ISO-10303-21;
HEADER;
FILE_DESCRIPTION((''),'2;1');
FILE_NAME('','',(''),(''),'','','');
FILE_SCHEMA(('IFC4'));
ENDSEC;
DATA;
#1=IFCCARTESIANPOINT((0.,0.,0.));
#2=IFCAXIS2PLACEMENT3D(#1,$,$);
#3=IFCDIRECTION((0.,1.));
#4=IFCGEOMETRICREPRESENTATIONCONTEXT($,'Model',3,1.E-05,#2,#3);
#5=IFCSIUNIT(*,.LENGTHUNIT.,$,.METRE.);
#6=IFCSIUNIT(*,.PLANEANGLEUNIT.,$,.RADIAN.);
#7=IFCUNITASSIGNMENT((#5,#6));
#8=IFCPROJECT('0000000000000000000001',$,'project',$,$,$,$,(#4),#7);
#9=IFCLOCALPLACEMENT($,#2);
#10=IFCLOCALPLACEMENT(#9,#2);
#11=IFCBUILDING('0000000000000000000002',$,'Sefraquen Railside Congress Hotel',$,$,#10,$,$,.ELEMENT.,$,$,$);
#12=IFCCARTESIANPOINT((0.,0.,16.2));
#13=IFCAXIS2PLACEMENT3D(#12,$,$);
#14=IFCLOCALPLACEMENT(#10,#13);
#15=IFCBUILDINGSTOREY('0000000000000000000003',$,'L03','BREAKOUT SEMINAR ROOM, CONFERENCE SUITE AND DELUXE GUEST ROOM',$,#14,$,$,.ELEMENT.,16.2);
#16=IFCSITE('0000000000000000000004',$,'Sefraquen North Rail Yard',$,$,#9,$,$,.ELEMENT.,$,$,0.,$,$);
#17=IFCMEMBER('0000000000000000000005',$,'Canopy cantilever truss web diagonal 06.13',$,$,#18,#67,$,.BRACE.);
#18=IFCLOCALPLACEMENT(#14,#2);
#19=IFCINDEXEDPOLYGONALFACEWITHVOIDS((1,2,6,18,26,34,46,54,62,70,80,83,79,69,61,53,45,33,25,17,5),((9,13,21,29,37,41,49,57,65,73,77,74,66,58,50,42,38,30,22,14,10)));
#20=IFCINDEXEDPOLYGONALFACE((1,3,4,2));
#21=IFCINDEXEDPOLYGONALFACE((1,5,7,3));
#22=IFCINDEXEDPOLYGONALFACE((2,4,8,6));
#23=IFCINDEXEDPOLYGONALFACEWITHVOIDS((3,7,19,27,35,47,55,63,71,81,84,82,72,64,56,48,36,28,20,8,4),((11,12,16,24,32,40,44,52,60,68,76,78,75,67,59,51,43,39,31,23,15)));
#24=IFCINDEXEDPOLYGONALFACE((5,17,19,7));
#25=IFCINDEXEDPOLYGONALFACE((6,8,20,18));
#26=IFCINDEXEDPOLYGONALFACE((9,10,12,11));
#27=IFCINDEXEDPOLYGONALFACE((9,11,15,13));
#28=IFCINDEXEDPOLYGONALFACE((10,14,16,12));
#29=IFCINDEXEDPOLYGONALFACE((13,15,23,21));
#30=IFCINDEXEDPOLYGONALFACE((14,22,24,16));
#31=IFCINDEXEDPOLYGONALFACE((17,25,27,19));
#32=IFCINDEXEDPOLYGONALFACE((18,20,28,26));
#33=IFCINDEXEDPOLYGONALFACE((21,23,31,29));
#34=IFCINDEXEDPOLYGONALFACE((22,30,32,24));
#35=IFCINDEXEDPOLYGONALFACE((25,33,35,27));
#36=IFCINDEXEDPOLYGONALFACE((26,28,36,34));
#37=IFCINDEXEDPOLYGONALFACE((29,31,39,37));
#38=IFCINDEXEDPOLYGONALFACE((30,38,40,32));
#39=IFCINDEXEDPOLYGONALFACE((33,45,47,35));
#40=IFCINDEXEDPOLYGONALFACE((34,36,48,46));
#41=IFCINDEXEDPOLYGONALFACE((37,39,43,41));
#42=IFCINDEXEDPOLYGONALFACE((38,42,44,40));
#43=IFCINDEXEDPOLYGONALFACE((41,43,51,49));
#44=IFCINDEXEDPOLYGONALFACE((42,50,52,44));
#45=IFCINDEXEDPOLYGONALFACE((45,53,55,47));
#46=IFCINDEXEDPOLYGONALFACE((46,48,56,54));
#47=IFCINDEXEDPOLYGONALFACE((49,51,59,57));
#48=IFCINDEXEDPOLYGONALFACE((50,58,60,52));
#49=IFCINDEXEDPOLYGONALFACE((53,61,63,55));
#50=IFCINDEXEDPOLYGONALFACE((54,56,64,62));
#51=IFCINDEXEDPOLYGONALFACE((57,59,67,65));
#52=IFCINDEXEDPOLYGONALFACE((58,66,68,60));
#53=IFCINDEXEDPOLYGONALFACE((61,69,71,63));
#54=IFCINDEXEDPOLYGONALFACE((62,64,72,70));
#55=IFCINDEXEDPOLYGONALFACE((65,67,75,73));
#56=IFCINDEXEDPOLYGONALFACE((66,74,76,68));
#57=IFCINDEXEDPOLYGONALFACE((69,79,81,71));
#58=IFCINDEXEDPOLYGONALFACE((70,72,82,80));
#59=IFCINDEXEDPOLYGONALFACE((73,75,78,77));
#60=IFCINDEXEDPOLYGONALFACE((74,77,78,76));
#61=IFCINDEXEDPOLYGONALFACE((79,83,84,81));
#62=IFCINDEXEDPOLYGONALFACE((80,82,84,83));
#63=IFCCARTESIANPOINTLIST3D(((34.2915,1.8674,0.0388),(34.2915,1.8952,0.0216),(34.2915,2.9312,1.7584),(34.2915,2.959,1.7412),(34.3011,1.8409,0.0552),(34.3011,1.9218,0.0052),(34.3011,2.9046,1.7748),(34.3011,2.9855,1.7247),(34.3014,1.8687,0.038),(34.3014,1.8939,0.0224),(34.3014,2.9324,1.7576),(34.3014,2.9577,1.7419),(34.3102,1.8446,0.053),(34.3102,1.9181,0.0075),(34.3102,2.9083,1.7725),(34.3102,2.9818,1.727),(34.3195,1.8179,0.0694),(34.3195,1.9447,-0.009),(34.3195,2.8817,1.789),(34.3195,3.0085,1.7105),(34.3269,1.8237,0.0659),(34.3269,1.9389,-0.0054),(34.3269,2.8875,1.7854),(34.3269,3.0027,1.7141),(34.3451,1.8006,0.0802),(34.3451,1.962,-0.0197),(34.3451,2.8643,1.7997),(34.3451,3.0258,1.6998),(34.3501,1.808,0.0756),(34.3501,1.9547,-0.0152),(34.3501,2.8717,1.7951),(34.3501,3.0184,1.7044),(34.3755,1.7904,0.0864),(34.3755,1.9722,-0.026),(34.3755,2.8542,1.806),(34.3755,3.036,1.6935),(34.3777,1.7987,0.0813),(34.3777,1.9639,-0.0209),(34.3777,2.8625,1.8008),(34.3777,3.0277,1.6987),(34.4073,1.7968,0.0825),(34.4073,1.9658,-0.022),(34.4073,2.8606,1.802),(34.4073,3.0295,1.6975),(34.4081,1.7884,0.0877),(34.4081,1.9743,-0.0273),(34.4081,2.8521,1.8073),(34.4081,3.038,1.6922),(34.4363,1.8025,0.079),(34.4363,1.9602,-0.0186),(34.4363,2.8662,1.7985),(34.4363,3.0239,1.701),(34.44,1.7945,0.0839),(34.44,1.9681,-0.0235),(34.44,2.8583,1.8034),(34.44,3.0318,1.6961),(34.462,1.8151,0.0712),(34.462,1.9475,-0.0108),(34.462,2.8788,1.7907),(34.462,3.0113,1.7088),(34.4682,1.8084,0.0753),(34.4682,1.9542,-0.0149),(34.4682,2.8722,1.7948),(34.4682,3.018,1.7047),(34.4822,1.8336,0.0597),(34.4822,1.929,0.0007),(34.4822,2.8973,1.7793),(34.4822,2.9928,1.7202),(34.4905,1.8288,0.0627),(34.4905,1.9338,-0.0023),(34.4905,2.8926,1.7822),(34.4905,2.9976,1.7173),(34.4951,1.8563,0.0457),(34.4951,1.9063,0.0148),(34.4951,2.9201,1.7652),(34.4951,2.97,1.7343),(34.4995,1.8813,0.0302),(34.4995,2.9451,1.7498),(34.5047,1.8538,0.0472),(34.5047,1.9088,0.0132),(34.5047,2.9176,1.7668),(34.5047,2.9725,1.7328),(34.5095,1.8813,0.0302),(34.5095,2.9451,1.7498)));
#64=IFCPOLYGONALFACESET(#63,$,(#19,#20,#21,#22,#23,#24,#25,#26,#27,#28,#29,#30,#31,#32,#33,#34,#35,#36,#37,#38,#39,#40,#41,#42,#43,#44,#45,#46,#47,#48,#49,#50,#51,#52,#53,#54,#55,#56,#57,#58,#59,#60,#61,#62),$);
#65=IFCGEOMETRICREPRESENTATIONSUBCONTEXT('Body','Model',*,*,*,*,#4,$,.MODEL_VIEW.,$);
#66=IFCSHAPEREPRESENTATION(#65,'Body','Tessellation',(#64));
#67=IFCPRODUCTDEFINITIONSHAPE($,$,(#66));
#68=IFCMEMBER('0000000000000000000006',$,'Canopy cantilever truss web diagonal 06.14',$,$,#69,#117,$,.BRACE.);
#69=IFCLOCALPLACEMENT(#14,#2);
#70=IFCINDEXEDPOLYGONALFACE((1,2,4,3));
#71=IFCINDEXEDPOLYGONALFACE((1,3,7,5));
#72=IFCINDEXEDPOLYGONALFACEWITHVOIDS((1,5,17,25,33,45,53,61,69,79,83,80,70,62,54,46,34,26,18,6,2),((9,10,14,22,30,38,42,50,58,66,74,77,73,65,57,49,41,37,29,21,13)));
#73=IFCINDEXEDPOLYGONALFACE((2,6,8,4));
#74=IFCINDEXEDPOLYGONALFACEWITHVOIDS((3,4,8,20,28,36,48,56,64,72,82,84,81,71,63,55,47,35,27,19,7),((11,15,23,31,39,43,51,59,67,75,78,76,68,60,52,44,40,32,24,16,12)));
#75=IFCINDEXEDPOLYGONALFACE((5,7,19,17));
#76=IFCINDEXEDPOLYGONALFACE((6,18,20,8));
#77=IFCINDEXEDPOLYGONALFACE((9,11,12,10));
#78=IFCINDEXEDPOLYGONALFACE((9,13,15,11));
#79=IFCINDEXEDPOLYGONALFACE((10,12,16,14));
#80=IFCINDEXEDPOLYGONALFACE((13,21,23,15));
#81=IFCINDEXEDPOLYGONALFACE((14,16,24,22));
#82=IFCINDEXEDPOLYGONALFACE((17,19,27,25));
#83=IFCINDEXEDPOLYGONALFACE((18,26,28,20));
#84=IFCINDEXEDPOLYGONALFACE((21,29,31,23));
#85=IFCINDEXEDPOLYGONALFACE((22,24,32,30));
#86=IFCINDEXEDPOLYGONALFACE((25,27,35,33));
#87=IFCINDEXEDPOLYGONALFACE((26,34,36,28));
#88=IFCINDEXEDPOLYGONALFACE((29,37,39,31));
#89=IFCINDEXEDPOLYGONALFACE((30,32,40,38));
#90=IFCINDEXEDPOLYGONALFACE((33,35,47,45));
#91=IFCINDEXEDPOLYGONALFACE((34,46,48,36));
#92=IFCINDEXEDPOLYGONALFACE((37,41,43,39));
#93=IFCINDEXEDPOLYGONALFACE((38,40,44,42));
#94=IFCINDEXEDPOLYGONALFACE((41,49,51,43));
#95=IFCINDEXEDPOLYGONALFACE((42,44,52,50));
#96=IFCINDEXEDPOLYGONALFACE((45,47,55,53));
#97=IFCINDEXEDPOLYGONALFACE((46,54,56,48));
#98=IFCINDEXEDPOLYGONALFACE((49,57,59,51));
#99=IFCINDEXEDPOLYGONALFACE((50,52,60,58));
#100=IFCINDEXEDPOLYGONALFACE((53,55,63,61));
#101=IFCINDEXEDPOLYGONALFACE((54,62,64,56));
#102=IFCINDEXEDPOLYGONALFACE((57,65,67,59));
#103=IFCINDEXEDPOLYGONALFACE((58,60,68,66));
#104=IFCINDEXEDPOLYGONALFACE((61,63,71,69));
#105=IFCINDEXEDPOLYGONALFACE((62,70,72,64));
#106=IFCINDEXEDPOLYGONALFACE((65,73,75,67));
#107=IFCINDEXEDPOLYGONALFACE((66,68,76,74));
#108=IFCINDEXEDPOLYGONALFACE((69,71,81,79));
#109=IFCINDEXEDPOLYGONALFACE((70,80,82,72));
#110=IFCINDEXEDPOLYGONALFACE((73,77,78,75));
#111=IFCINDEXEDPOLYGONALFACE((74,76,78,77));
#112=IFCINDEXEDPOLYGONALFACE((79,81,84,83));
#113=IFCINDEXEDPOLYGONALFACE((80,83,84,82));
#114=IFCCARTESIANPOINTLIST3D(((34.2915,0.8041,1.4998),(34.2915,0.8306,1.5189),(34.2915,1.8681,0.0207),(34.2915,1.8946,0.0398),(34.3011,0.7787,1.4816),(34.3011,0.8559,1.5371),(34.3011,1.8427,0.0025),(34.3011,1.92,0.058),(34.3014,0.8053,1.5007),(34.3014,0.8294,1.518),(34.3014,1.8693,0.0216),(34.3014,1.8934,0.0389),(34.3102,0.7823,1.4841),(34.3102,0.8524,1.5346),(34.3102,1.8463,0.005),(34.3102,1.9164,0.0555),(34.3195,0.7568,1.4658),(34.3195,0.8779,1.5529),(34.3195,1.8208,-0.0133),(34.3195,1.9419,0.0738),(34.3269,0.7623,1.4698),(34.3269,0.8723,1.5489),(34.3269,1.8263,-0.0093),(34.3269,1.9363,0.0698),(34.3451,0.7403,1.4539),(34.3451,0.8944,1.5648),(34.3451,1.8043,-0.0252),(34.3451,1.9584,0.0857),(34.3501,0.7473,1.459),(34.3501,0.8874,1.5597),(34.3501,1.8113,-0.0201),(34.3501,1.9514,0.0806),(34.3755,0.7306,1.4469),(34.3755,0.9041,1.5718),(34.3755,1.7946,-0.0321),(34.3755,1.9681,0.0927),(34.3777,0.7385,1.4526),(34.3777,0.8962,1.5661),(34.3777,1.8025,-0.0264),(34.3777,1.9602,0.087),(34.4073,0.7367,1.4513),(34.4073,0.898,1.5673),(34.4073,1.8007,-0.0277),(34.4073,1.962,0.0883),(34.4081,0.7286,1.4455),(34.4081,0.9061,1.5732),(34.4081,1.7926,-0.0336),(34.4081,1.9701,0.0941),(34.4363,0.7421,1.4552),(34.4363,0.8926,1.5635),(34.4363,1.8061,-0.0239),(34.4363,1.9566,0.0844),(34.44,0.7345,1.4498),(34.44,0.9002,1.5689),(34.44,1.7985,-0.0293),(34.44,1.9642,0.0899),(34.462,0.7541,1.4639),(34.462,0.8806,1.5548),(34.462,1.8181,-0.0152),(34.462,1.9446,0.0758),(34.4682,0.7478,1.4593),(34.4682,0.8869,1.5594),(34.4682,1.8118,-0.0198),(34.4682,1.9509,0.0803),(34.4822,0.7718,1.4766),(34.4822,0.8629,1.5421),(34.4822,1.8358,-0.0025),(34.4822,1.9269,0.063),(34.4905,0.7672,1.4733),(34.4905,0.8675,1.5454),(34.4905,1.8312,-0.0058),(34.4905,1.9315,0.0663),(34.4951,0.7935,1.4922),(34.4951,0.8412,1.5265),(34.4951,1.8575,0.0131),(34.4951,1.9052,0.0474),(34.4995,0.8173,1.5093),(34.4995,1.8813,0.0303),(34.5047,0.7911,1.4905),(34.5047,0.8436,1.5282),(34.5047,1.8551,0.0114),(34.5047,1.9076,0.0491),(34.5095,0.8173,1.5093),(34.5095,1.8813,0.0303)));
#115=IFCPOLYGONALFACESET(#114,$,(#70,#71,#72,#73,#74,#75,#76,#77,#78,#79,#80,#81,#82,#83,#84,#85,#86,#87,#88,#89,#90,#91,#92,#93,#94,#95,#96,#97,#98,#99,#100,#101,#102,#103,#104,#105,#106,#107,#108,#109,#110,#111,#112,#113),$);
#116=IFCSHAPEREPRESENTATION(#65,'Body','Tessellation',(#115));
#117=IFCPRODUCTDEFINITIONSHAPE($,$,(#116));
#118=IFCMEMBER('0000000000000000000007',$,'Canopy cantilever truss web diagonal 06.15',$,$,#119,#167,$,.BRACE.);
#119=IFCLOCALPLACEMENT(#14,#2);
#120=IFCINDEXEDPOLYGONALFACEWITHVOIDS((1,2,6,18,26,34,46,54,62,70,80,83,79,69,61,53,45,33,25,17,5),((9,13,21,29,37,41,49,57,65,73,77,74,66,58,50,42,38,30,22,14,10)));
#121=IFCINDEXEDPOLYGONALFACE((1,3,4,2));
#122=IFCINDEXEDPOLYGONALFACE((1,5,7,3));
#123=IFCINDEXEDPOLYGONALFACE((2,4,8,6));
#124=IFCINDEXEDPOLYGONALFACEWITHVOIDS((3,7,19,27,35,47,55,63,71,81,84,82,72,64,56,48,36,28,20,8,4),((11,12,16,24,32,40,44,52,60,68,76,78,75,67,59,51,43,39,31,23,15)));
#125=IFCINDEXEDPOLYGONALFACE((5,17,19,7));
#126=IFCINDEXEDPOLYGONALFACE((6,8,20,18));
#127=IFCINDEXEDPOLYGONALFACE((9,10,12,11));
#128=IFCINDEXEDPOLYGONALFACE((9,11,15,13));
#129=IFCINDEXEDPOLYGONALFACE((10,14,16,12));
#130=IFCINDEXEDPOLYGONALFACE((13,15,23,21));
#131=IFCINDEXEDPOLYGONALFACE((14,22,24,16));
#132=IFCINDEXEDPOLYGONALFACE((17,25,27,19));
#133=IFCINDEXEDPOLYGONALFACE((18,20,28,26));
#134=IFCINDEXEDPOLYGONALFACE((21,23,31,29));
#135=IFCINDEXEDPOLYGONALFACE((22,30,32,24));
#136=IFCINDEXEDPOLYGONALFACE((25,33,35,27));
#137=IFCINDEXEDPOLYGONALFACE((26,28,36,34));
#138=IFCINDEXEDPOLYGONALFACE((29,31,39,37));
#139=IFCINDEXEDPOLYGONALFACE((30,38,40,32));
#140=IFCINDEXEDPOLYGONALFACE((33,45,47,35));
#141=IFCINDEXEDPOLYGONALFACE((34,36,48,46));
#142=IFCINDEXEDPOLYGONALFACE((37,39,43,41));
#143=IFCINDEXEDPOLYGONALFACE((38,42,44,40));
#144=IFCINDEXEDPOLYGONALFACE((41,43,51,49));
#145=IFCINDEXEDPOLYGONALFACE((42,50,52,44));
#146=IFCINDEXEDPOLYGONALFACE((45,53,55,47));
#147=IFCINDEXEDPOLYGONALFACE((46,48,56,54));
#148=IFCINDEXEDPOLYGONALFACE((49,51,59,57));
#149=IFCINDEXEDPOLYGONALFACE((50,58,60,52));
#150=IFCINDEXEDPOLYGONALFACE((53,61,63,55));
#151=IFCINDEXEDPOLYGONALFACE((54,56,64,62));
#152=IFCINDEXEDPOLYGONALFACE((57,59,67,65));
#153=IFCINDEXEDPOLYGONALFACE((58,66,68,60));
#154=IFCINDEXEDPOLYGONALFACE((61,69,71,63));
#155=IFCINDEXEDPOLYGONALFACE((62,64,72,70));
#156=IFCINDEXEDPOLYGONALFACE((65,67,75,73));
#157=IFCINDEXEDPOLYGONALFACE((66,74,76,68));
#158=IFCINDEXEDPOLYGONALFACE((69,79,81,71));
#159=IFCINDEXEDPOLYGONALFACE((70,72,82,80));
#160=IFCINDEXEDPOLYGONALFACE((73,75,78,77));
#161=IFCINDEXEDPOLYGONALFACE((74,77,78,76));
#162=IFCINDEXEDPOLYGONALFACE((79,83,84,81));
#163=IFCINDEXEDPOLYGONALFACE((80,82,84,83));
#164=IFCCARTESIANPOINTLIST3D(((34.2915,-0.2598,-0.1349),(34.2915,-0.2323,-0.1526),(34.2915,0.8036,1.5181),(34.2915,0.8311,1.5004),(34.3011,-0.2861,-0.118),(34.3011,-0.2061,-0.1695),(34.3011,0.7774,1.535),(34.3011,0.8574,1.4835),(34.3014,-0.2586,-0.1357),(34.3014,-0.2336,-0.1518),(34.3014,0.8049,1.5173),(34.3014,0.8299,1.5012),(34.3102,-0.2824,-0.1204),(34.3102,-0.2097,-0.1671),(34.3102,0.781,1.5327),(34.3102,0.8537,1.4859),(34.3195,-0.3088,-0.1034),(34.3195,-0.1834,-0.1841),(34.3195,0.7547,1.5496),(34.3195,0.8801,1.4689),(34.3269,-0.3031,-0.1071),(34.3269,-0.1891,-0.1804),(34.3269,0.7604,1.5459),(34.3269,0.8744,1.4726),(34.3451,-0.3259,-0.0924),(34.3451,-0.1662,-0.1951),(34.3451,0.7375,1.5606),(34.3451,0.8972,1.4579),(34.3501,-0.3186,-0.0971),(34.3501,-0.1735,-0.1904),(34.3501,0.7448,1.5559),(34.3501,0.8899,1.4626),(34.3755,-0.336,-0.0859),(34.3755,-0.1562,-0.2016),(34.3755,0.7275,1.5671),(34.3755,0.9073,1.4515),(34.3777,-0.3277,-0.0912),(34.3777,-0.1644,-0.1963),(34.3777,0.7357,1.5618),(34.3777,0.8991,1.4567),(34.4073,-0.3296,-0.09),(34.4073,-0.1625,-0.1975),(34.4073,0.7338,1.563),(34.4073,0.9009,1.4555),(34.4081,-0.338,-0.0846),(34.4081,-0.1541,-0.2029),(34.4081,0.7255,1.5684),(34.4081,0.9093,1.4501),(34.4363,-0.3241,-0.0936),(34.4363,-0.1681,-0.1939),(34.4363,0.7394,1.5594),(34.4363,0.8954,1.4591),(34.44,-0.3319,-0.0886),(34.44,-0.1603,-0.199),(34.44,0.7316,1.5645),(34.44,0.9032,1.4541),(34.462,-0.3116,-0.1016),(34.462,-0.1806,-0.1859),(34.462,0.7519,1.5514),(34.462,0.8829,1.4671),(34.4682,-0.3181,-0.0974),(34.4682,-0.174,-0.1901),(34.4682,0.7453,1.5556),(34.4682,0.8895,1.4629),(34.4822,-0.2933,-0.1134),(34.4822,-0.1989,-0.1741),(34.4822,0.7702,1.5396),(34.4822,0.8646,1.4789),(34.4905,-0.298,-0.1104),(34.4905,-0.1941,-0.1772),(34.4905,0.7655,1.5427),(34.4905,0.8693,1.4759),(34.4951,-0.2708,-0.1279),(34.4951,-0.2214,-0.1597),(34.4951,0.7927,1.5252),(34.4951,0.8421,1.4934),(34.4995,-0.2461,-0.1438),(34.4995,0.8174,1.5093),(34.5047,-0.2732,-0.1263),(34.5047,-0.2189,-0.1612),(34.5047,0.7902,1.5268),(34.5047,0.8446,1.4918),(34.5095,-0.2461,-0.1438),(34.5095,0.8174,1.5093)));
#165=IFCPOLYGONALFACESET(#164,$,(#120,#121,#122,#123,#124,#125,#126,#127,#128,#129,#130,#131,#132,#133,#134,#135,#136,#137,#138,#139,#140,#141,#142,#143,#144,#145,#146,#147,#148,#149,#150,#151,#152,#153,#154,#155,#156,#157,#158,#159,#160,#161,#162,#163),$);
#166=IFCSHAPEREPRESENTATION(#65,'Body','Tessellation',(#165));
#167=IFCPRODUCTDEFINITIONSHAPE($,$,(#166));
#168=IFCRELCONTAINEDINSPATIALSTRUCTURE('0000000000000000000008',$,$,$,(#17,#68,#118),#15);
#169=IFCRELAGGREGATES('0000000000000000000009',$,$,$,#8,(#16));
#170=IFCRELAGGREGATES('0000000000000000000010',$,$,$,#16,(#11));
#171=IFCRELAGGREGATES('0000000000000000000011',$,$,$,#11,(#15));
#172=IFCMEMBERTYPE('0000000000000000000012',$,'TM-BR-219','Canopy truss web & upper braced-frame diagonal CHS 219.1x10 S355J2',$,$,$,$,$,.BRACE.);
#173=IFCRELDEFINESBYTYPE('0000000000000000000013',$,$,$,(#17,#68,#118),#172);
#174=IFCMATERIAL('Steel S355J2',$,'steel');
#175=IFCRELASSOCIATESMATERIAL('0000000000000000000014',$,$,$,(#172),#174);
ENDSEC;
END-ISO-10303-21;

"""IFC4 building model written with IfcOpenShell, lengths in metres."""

from ifc_helpers import new_model, si_unit, direction, frame, origin, origin_2d, place, context, subcontext, project, spatial, hollow_circle, extrude, material, material_profile, profile_set, type_object, element, save


model = new_model("IFC4")

# Units and contexts
model_context = context("Model", 3, precision=1e-05, world=origin(), true_north=direction((0.0, 1.0)))
body_context = subcontext(model_context, "Body", "Model", "MODEL_VIEW")
ifc_project = project(units=[si_unit("LENGTHUNIT", "METRE"), si_unit("PLANEANGLEUNIT", "RADIAN")], contexts=[model_context])

# Site, building, storey
site_placement = place(None, origin())
site = spatial("IfcSite", under=ifc_project, at=site_placement, Name="Sefraquen North Rail Yard", CompositionType="ELEMENT", RefElevation=0.0)
building_placement = place(site_placement, origin())
building = spatial("IfcBuilding", under=site, at=building_placement, Name="Sefraquen Railside Congress Hotel", CompositionType="ELEMENT")
storey_placement = place(building_placement, frame((0.0, 0.0, 16.2)))
storey = spatial("IfcBuildingStorey", under=building, at=storey_placement, Name="L03", Description="BREAKOUT SEMINAR ROOM, CONFERENCE SUITE AND DELUXE GUEST ROOM", CompositionType="ELEMENT", Elevation=16.2)

# Members
ifc_material_1 = material(Name="Steel S355J2", Category="steel")
ifc_material_profile_1 = material_profile(ifc_material_1, hollow_circle(Radius=0.1096, WallThickness=0.01, at=origin_2d()), Name="CHS 219.1x10")
ifc_profile_set_1 = profile_set([ifc_material_profile_1], Name="Steel S355J2")
member_type_1 = type_object("IfcMemberType", Name="TM-BR-219", Description="Canopy truss web & upper braced-frame diagonal CHS 219.1x10 S355J2", PredefinedType="BRACE", material=ifc_profile_set_1)
member_1_placement = place(storey_placement, frame((34.3999, 2.9451, 1.7498), z_axis=(0.0, -0.526097, -0.850425), x_axis=(1.0, 0.0, 0.0)))
element("IfcMember", 1, at=member_1_placement, inside=storey, type_object=member_type_1, Name="Canopy cantilever truss web diagonal 06.13", PredefinedType="BRACE", context=body_context, shape_type="SweptSolid", body=[
    extrude(hollow_circle(Radius=0.1096, WallThickness=0.01, at=origin_2d()), origin(), (0.0, 0.0, 1.0), 2.022),
])
member_2_placement = place(storey_placement, frame((34.3999, 1.8813, 0.0303), z_axis=(0.0, -0.583973, 0.811773), x_axis=(1.0, 0.0, 0.0)))
element("IfcMember", 2, at=member_2_placement, inside=storey, type_object=member_type_1, Name="Canopy cantilever truss web diagonal 06.14", PredefinedType="BRACE", context=body_context, shape_type="SweptSolid", body=[
    extrude(hollow_circle(Radius=0.1096, WallThickness=0.01, at=origin_2d()), origin(), (0.0, 0.0, 1.0), 1.822),
])
member_3_placement = place(storey_placement, frame((34.3999, 0.8174, 1.5093), z_axis=(0.0, -0.54104, -0.840997), x_axis=(1.0, 0.0, 0.0)))
element("IfcMember", 3, at=member_3_placement, inside=storey, type_object=member_type_1, Name="Canopy cantilever truss web diagonal 06.15", PredefinedType="BRACE", context=body_context, shape_type="SweptSolid", body=[
    extrude(hollow_circle(Radius=0.1096, WallThickness=0.01, at=origin_2d()), origin(), (0.0, 0.0, 1.0), 1.9656),
])

save(model, "model.ifc")
